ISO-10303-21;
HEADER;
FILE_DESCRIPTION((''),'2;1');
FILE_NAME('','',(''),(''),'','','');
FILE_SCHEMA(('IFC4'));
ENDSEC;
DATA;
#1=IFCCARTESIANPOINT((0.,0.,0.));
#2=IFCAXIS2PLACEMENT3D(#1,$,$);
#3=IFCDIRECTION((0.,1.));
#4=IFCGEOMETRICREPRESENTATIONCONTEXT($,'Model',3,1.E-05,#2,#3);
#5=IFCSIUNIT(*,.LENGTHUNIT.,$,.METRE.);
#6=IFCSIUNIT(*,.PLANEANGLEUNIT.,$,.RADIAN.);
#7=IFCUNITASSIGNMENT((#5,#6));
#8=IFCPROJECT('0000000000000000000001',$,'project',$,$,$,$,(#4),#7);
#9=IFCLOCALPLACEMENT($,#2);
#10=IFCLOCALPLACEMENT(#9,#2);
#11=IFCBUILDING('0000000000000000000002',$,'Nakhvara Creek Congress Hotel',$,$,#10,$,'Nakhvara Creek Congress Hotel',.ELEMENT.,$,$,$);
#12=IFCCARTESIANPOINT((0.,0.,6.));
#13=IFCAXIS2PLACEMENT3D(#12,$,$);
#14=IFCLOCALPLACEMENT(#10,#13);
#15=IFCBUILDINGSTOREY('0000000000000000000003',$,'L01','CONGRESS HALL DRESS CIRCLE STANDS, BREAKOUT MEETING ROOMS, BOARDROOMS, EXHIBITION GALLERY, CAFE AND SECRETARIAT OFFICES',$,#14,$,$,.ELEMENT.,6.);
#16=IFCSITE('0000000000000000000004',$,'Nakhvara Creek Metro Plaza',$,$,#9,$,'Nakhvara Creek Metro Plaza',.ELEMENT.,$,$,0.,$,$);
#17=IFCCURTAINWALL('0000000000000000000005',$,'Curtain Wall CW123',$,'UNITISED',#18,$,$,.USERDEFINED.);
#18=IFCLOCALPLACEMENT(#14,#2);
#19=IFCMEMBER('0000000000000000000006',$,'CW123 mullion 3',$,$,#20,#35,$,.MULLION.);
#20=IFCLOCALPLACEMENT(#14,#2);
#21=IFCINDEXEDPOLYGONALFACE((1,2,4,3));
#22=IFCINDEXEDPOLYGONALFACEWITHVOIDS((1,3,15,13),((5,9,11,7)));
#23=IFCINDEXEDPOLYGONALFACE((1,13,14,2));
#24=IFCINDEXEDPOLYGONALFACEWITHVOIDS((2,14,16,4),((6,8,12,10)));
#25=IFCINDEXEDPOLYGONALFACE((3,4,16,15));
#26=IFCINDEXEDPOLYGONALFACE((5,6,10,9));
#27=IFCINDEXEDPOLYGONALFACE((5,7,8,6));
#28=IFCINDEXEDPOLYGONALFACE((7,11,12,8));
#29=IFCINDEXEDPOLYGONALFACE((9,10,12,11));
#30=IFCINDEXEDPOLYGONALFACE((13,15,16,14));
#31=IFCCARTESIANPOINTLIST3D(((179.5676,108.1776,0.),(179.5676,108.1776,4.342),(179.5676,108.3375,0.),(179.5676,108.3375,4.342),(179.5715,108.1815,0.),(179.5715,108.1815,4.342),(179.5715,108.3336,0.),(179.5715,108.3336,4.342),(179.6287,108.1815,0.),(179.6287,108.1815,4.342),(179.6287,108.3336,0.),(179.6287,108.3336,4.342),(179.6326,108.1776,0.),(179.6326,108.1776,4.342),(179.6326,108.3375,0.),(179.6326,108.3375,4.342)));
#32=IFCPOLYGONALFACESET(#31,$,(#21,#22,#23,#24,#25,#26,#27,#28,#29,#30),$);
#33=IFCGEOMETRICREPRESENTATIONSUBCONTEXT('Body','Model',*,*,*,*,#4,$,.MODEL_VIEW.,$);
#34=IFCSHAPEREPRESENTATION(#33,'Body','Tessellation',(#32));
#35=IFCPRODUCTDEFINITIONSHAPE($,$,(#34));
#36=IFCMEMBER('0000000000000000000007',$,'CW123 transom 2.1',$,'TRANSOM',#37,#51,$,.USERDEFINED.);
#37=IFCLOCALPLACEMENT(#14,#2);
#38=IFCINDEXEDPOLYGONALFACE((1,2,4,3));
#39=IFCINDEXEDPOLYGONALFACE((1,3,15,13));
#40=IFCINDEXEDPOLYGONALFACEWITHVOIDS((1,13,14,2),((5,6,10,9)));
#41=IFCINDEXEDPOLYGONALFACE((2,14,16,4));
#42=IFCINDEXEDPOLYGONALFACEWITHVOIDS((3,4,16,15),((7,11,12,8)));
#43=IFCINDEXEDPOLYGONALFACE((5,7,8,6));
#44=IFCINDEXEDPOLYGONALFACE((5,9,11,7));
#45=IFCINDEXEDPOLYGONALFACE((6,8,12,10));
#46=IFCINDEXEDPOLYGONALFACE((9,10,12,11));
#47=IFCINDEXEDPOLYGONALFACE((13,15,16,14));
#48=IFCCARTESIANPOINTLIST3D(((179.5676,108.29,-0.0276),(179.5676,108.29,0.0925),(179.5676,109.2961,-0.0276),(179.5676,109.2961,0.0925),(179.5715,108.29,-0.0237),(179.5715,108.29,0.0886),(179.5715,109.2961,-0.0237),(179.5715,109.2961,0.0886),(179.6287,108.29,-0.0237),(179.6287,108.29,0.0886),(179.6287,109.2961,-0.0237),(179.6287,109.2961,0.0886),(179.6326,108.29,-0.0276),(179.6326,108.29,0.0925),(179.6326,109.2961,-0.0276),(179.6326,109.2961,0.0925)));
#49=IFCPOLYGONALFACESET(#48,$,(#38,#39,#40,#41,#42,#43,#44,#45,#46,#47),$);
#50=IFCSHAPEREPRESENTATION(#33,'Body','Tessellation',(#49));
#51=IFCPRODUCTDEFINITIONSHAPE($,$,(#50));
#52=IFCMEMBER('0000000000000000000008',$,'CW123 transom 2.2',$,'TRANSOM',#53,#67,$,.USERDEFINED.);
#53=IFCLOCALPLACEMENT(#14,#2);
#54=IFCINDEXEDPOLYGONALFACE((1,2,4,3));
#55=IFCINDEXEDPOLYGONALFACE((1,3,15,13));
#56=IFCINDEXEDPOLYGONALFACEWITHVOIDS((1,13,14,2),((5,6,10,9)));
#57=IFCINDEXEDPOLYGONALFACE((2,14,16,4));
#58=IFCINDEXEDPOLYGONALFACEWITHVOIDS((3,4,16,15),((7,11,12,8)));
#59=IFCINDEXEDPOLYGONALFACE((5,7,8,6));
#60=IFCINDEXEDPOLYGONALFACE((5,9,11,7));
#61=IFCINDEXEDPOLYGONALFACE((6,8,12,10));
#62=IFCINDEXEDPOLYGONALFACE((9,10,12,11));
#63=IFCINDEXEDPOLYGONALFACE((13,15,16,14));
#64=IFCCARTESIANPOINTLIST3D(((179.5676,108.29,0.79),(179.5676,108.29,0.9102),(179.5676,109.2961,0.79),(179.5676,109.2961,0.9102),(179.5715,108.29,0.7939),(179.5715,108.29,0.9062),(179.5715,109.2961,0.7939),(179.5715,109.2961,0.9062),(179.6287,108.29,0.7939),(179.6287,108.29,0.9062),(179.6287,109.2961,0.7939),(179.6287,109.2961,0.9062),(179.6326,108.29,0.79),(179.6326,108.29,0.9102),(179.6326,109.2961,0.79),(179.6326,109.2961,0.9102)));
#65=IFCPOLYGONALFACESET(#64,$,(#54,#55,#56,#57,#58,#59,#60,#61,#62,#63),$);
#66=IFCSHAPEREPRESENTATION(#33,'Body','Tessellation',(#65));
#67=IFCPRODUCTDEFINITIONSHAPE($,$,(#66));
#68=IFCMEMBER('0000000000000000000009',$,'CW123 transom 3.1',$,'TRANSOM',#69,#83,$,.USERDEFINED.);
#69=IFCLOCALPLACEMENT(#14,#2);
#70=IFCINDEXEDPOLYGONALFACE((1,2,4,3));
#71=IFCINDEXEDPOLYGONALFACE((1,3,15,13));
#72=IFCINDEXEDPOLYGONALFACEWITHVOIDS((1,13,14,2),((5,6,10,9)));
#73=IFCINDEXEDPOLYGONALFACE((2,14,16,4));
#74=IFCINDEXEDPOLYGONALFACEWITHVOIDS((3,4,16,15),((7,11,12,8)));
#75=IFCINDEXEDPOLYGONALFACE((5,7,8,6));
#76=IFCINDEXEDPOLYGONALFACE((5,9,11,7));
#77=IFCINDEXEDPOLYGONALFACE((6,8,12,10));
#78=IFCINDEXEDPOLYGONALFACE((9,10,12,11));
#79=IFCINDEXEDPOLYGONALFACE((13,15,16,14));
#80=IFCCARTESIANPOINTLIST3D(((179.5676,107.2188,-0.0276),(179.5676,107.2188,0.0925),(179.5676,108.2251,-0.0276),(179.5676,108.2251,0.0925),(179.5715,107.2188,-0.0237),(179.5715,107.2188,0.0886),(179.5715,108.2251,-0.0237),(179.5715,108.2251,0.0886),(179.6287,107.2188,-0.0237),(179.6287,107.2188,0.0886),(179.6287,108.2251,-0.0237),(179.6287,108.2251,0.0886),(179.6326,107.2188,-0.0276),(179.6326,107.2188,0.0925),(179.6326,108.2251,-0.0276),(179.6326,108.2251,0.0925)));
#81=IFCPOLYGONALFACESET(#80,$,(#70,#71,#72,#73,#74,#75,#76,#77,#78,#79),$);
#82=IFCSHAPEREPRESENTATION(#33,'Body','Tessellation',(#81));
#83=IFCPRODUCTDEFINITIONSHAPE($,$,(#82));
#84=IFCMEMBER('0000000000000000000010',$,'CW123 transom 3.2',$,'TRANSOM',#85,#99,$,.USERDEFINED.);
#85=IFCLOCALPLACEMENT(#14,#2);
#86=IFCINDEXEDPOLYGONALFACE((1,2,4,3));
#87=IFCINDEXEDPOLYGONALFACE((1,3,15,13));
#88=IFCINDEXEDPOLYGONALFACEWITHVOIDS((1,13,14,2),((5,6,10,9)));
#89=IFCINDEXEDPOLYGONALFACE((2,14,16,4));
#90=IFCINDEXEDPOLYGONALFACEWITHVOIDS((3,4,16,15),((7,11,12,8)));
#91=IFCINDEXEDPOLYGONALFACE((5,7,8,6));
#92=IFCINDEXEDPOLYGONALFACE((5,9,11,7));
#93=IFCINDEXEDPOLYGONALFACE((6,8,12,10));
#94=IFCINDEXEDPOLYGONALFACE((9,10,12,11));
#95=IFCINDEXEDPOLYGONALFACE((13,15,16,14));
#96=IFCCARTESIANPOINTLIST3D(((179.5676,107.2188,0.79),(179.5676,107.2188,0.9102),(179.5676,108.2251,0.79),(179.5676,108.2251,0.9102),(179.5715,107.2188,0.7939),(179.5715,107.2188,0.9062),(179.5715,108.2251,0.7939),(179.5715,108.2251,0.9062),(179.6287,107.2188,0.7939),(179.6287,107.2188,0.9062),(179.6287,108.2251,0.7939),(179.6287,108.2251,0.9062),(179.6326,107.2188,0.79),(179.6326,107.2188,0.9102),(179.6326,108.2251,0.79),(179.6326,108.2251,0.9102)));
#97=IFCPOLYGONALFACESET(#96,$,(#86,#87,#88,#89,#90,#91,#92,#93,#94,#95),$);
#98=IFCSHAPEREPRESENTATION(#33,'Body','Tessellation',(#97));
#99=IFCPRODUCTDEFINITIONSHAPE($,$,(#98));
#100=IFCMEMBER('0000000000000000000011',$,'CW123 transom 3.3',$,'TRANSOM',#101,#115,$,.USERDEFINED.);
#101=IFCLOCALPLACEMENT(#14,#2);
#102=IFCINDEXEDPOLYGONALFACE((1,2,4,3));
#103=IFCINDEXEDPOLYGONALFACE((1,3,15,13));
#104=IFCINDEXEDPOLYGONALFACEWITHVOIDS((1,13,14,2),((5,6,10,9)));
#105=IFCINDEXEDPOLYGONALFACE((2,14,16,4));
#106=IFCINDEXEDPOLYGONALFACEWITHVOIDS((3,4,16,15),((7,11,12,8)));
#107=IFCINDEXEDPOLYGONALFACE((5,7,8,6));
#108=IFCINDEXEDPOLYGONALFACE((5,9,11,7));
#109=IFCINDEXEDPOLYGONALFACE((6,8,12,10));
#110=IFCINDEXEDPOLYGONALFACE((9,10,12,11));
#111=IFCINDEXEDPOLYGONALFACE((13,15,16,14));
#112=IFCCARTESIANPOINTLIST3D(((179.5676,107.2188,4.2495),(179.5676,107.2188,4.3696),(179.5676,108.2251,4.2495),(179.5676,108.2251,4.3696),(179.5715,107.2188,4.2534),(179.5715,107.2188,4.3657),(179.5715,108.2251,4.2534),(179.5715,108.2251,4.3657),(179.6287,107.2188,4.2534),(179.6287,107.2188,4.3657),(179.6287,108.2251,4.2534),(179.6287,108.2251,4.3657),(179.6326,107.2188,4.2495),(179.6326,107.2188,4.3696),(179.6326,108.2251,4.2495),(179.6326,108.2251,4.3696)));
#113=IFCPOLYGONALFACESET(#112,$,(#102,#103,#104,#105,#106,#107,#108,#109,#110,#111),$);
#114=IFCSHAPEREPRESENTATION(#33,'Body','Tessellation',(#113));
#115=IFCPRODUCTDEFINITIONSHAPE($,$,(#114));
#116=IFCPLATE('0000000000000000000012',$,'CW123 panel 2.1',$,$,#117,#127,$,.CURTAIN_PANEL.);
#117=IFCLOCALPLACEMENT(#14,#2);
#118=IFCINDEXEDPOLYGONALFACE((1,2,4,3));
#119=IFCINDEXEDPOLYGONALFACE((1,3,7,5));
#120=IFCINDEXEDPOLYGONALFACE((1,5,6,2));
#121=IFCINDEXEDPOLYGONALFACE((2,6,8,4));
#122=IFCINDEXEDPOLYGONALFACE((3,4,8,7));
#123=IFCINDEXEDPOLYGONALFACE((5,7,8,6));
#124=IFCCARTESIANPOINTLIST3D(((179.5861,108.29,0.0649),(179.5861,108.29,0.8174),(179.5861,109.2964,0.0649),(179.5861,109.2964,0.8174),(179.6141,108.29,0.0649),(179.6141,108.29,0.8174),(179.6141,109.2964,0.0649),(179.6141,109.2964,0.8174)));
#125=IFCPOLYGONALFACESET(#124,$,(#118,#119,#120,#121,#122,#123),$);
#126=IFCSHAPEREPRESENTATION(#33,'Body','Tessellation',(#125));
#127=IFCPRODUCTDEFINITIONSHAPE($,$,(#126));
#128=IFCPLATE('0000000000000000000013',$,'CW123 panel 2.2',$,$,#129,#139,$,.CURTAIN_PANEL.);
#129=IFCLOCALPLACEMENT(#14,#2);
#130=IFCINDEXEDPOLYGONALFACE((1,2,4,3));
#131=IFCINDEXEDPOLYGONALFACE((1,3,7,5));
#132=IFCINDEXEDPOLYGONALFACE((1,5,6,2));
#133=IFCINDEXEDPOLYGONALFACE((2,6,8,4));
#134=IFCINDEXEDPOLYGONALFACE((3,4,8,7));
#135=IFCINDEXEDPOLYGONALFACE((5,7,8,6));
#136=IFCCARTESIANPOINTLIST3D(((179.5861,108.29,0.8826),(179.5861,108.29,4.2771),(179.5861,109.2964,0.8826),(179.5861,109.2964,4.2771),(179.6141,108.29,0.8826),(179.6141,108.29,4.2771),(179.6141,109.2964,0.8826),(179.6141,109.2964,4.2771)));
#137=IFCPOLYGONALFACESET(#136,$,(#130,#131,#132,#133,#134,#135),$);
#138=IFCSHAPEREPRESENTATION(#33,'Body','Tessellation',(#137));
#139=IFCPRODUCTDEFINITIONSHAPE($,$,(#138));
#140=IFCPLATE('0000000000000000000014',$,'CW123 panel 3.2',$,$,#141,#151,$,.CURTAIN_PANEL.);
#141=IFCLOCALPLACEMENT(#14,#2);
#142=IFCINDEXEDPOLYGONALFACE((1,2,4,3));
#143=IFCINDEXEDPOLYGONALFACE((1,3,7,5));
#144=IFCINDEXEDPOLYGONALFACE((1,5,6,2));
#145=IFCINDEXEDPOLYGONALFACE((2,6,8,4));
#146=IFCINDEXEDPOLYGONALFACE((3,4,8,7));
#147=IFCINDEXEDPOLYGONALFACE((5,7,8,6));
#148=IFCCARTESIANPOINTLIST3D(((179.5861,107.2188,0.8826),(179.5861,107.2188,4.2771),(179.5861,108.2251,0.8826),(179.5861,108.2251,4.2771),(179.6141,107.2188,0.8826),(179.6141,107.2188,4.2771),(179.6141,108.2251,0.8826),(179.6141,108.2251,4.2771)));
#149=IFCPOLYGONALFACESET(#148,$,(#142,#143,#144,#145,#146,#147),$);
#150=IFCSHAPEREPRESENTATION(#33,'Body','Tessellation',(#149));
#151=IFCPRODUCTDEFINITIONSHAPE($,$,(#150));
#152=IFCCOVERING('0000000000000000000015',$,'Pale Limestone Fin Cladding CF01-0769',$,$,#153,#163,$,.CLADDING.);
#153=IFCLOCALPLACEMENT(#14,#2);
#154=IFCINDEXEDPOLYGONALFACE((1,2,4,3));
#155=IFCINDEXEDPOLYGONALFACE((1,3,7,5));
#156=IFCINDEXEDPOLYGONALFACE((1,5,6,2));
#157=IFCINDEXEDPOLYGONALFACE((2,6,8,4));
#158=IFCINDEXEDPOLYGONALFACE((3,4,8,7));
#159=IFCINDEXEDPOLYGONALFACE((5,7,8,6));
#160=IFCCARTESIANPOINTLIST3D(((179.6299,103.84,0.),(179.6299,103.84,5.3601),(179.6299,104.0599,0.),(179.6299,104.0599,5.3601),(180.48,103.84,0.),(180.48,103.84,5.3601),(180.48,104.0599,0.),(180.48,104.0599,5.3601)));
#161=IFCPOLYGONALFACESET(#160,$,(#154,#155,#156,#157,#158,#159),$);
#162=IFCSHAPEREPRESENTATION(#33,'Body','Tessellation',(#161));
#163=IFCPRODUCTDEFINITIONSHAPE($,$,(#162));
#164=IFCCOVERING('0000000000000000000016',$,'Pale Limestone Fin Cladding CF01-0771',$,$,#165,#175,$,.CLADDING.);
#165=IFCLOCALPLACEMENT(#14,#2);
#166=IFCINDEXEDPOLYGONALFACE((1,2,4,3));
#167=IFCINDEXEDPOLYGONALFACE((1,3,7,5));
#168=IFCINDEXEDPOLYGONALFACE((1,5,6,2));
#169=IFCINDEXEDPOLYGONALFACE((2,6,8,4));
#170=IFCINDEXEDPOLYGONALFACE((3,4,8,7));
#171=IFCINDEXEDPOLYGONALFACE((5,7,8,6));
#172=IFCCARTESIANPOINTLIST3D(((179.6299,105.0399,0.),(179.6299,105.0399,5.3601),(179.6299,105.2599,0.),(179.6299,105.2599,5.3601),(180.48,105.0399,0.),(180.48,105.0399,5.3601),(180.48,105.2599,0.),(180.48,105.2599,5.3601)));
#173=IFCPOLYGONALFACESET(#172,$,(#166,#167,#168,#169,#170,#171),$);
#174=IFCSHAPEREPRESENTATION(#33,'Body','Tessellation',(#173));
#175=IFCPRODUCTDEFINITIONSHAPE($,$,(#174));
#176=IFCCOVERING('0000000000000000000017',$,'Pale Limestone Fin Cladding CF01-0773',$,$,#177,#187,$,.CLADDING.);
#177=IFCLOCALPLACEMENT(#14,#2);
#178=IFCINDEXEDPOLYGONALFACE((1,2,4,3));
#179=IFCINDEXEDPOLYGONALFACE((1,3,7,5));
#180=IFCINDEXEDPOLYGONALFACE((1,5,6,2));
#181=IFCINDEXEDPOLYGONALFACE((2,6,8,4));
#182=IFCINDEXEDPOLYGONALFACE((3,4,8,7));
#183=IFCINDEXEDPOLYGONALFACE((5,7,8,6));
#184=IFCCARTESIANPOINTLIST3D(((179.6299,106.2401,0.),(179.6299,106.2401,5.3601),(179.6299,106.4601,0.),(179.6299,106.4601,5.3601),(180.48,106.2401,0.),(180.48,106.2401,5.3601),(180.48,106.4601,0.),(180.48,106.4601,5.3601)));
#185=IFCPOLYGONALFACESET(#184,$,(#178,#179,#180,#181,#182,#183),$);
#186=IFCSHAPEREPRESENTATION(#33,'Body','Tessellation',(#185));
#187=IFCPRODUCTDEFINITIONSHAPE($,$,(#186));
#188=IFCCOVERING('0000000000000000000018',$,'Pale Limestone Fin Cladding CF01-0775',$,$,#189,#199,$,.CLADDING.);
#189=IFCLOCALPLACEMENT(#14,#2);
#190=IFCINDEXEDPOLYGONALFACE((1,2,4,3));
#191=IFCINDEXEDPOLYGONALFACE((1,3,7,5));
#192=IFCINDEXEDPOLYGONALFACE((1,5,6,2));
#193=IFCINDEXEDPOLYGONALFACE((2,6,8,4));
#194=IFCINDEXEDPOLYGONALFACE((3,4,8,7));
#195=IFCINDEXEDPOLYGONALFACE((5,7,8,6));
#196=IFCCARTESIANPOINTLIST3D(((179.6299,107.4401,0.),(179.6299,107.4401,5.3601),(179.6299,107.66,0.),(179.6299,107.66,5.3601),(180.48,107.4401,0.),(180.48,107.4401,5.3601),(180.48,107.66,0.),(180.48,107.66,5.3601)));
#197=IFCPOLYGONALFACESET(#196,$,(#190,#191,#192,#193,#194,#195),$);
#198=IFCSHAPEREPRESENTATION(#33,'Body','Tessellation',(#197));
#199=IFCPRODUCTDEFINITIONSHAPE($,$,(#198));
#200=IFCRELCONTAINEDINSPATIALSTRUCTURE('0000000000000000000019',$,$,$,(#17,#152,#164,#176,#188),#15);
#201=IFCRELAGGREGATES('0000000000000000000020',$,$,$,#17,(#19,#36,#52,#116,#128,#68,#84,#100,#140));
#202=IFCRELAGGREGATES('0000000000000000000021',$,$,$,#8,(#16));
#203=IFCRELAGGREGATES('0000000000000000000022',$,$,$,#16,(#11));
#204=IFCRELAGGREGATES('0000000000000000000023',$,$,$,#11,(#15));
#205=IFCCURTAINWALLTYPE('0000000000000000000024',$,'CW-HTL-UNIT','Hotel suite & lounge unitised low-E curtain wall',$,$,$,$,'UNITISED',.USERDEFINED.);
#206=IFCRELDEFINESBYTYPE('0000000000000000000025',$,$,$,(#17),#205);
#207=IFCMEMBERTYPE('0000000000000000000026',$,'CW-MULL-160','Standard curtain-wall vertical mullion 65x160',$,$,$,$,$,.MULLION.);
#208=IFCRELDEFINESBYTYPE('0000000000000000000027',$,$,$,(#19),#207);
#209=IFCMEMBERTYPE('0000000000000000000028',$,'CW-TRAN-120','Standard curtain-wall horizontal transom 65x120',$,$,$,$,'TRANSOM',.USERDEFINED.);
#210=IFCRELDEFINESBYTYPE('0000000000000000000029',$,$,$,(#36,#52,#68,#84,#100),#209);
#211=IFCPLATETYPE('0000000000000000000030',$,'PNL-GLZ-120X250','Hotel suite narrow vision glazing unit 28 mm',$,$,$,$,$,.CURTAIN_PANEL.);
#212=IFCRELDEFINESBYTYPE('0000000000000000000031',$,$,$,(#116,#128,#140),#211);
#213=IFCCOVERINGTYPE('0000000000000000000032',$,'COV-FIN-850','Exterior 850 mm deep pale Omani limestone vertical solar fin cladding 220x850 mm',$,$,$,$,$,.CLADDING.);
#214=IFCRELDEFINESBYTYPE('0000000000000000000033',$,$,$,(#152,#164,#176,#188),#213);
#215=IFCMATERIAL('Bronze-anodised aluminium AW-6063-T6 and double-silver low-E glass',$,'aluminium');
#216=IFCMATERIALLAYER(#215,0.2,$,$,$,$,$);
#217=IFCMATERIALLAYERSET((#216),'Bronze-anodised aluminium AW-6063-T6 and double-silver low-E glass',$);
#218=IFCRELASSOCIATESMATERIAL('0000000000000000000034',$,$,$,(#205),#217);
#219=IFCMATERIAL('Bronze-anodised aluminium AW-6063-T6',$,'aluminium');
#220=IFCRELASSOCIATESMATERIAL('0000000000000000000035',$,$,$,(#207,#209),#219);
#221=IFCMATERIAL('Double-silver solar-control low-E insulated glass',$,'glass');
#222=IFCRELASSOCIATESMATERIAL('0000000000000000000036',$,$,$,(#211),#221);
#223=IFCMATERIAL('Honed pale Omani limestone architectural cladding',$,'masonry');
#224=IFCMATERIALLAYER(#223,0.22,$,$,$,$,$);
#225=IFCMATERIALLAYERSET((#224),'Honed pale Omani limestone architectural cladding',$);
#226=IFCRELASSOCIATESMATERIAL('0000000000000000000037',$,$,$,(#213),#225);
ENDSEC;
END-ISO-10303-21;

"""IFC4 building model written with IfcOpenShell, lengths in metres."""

from ifc_helpers import new_model, si_unit, direction, frame, origin, origin_2d, place, context, subcontext, project, spatial, rectangle, hollow_rectangle, extrude, material, layer, layer_set, material_profile, profile_set, type_object, element, aggregate, save


model = new_model("IFC4")

# Units and contexts
model_context = context("Model", 3, precision=1e-05, world=origin(), true_north=direction((0.0, 1.0)))
body_context = subcontext(model_context, "Body", "Model", "MODEL_VIEW")
ifc_project = project(units=[si_unit("LENGTHUNIT", "METRE"), si_unit("PLANEANGLEUNIT", "RADIAN")], contexts=[model_context])

# Site, building, storey
site_placement = place(None, origin())
site = spatial("IfcSite", under=ifc_project, at=site_placement, Name="Nakhvara Creek Metro Plaza", LongName="Nakhvara Creek Metro Plaza", CompositionType="ELEMENT", RefElevation=0.0)
building_placement = place(site_placement, origin())
building = spatial("IfcBuilding", under=site, at=building_placement, Name="Nakhvara Creek Congress Hotel", LongName="Nakhvara Creek Congress Hotel", CompositionType="ELEMENT")
storey_placement = place(building_placement, frame((0.0, 0.0, 6.0)))
storey = spatial("IfcBuildingStorey", under=building, at=storey_placement, Name="L01", Description="CONGRESS HALL DRESS CIRCLE STANDS, BREAKOUT MEETING ROOMS, BOARDROOMS, EXHIBITION GALLERY, CAFE AND SECRETARIAT OFFICES", CompositionType="ELEMENT", Elevation=6.0)

# Curtain wall, members, plates
ifc_material_1 = material(Name="Bronze-anodised aluminium AW-6063-T6 and double-silver low-E glass", Category="aluminium")
ifc_layer_1 = layer(ifc_material_1, 0.2)
ifc_layer_set_1 = layer_set([ifc_layer_1], Name="Bronze-anodised aluminium AW-6063-T6 and double-silver low-E glass")
curtain_wall_type = type_object("IfcCurtainWallType", Name="CW-HTL-UNIT", Description="Hotel suite & lounge unitised low-E curtain wall", ElementType="UNITISED", PredefinedType="USERDEFINED", material=ifc_layer_set_1)
curtain_wall_placement = place(storey_placement, origin())
curtain_wall = element("IfcCurtainWall", 1, at=curtain_wall_placement, inside=storey, type_object=curtain_wall_type, Name="Curtain Wall CW123", ObjectType="UNITISED", PredefinedType="USERDEFINED")
ifc_material_2 = material(Name="Bronze-anodised aluminium AW-6063-T6", Category="aluminium")
ifc_material_profile_1 = material_profile(ifc_material_2, hollow_rectangle(XDim=0.0649, YDim=0.1599, WallThickness=0.0039, at=origin_2d()), Name="ALU-MULL 65x160x4", Category="LoadBearing")
ifc_profile_set_1 = profile_set([ifc_material_profile_1], Name="Bronze-anodised aluminium AW-6063-T6")
member_type_1 = type_object("IfcMemberType", Name="CW-MULL-160", Description="Standard curtain-wall vertical mullion 65x160", PredefinedType="MULLION", material=ifc_profile_set_1)
member_1_placement = place(storey_placement, frame((179.6001, 108.2576, 0.0), z_axis=(0.0, 0.0, 1.0), x_axis=(1.0, 0.0, 0.0)))
member_1 = element("IfcMember", 2, at=member_1_placement, type_object=member_type_1, Name="CW123 mullion 3", PredefinedType="MULLION", context=body_context, shape_type="SweptSolid", body=[
    extrude(hollow_rectangle(XDim=0.0649, YDim=0.1599, WallThickness=0.0039, at=origin_2d()), origin(), (0.0, 0.0, 1.0), 4.342),
])
ifc_material_profile_2 = material_profile(ifc_material_2, hollow_rectangle(XDim=0.0649, YDim=0.1201, WallThickness=0.0039, at=origin_2d()), Name="ALU-TRAN 65x120x4", Category="LoadBearing")
ifc_profile_set_2 = profile_set([ifc_material_profile_2], Name="Bronze-anodised aluminium AW-6063-T6")
member_type_2 = type_object("IfcMemberType", Name="CW-TRAN-120", Description="Standard curtain-wall horizontal transom 65x120", ElementType="TRANSOM", PredefinedType="USERDEFINED", material=ifc_profile_set_2)
member_2_placement = place(storey_placement, frame((179.6001, 109.2961, 0.0325), z_axis=(0.0, -1.0, 0.0), x_axis=(1.0, 0.0, 0.0)))
member_2 = element("IfcMember", 3, at=member_2_placement, type_object=member_type_2, Name="CW123 transom 2.1", ObjectType="TRANSOM", PredefinedType="USERDEFINED", context=body_context, shape_type="SweptSolid", body=[
    extrude(hollow_rectangle(XDim=0.0649, YDim=0.1201, WallThickness=0.0039, at=origin_2d()), origin(), (0.0, 0.0, 1.0), 1.0061),
])
member_3_placement = place(storey_placement, frame((179.6001, 109.2961, 0.8501), z_axis=(0.0, -1.0, 0.0), x_axis=(1.0, 0.0, 0.0)))
member_3 = element("IfcMember", 4, at=member_3_placement, type_object=member_type_2, Name="CW123 transom 2.2", ObjectType="TRANSOM", PredefinedType="USERDEFINED", context=body_context, shape_type="SweptSolid", body=[
    extrude(hollow_rectangle(XDim=0.0649, YDim=0.1201, WallThickness=0.0039, at=origin_2d()), origin(), (0.0, 0.0, 1.0), 1.0061),
])
member_4_placement = place(storey_placement, frame((179.6001, 108.2251, 0.0325), z_axis=(0.0, -1.0, 0.0), x_axis=(1.0, 0.0, 0.0)))
member_4 = element("IfcMember", 5, at=member_4_placement, type_object=member_type_2, Name="CW123 transom 3.1", ObjectType="TRANSOM", PredefinedType="USERDEFINED", context=body_context, shape_type="SweptSolid", body=[
    extrude(hollow_rectangle(XDim=0.0649, YDim=0.1201, WallThickness=0.0039, at=origin_2d()), origin(), (0.0, 0.0, 1.0), 1.0063),
])
member_5_placement = place(storey_placement, frame((179.6001, 108.2251, 0.8501), z_axis=(0.0, -1.0, 0.0), x_axis=(1.0, 0.0, 0.0)))
member_5 = element("IfcMember", 6, at=member_5_placement, type_object=member_type_2, Name="CW123 transom 3.2", ObjectType="TRANSOM", PredefinedType="USERDEFINED", context=body_context, shape_type="SweptSolid", body=[
    extrude(hollow_rectangle(XDim=0.0649, YDim=0.1201, WallThickness=0.0039, at=origin_2d()), origin(), (0.0, 0.0, 1.0), 1.0063),
])
member_6_placement = place(storey_placement, frame((179.6001, 108.2251, 4.3096), z_axis=(0.0, -1.0, 0.0), x_axis=(1.0, 0.0, 0.0)))
member_6 = element("IfcMember", 7, at=member_6_placement, type_object=member_type_2, Name="CW123 transom 3.3", ObjectType="TRANSOM", PredefinedType="USERDEFINED", context=body_context, shape_type="SweptSolid", body=[
    extrude(hollow_rectangle(XDim=0.0649, YDim=0.1201, WallThickness=0.0039, at=origin_2d()), origin(), (0.0, 0.0, 1.0), 1.0063),
])
ifc_material_3 = material(Name="Double-silver solar-control low-E insulated glass", Category="glass")
plate_type = type_object("IfcPlateType", Name="PNL-GLZ-120X250", Description="Hotel suite narrow vision glazing unit 28 mm", PredefinedType="CURTAIN_PANEL", material=ifc_material_3)
plate_1_placement = place(storey_placement, frame((179.6001, 108.7932, 0.0649), z_axis=(0.0, 0.0, 1.0), x_axis=(0.0, -1.0, 0.0)))
plate_1 = element("IfcPlate", 8, at=plate_1_placement, type_object=plate_type, Name="CW123 panel 2.1", PredefinedType="CURTAIN_PANEL", context=body_context, shape_type="SweptSolid", body=[
    extrude(rectangle(XDim=1.0063, YDim=0.0281, at=origin_2d()), origin(), (0.0, 0.0, 1.0), 0.7524),
])
plate_2_placement = place(storey_placement, frame((179.6001, 108.7932, 0.8826), z_axis=(0.0, 0.0, 1.0), x_axis=(0.0, -1.0, 0.0)))
plate_2 = element("IfcPlate", 9, at=plate_2_placement, type_object=plate_type, Name="CW123 panel 2.2", PredefinedType="CURTAIN_PANEL", context=body_context, shape_type="SweptSolid", body=[
    extrude(rectangle(XDim=1.0063, YDim=0.0281, at=origin_2d()), origin(), (0.0, 0.0, 1.0), 3.3945),
])
plate_3_placement = place(storey_placement, frame((179.6001, 107.7219, 0.8826), z_axis=(0.0, 0.0, 1.0), x_axis=(0.0, -1.0, 0.0)))
plate_3 = element("IfcPlate", 10, at=plate_3_placement, type_object=plate_type, Name="CW123 panel 3.2", PredefinedType="CURTAIN_PANEL", context=body_context, shape_type="SweptSolid", body=[
    extrude(rectangle(XDim=1.0063, YDim=0.0281, at=origin_2d()), origin(), (0.0, 0.0, 1.0), 3.3945),
])
aggregate(curtain_wall, [member_1, member_2, member_3, plate_1, plate_2, member_4, member_5, member_6, plate_3])

# Coverings
ifc_material_4 = material(Name="Honed pale Omani limestone architectural cladding", Category="masonry")
ifc_layer_2 = layer(ifc_material_4, 0.22)
ifc_layer_set_2 = layer_set([ifc_layer_2], Name="Honed pale Omani limestone architectural cladding")
covering_type = type_object("IfcCoveringType", Name="COV-FIN-850", Description="Exterior 850 mm deep pale Omani limestone vertical solar fin cladding 220x850 mm", PredefinedType="CLADDING", material=ifc_layer_set_2)
for number, where, z_axis, x_axis, name in (
    (11, (180.0549, 103.95, 0.0), (0.0, 0.0, 1.0), (0.0, 1.0, 0.0), "Pale Limestone Fin Cladding CF01-0769"),
    (12, (180.0549, 105.1499, 0.0), (0.0, 0.0, 1.0), (0.0, 1.0, 0.0), "Pale Limestone Fin Cladding CF01-0771"),
    (13, (180.0549, 106.3501, 0.0), (0.0, 0.0, 1.0), (0.0, 1.0, 0.0), "Pale Limestone Fin Cladding CF01-0773"),
    (14, (180.0549, 107.55, 0.0), (0.0, 0.0, 1.0), (0.0, 1.0, 0.0), "Pale Limestone Fin Cladding CF01-0775"),
):
    element("IfcCovering", number, at=place(storey_placement, frame(where, z_axis=z_axis, x_axis=x_axis)), inside=storey, type_object=covering_type, Name=name, PredefinedType="CLADDING", context=body_context, shape_type="SweptSolid", body=[
        extrude(rectangle(XDim=0.22, YDim=0.8501, at=origin_2d()), origin(), (0.0, 0.0, 1.0), 5.3601),
    ])

save(model, "model.ifc")
